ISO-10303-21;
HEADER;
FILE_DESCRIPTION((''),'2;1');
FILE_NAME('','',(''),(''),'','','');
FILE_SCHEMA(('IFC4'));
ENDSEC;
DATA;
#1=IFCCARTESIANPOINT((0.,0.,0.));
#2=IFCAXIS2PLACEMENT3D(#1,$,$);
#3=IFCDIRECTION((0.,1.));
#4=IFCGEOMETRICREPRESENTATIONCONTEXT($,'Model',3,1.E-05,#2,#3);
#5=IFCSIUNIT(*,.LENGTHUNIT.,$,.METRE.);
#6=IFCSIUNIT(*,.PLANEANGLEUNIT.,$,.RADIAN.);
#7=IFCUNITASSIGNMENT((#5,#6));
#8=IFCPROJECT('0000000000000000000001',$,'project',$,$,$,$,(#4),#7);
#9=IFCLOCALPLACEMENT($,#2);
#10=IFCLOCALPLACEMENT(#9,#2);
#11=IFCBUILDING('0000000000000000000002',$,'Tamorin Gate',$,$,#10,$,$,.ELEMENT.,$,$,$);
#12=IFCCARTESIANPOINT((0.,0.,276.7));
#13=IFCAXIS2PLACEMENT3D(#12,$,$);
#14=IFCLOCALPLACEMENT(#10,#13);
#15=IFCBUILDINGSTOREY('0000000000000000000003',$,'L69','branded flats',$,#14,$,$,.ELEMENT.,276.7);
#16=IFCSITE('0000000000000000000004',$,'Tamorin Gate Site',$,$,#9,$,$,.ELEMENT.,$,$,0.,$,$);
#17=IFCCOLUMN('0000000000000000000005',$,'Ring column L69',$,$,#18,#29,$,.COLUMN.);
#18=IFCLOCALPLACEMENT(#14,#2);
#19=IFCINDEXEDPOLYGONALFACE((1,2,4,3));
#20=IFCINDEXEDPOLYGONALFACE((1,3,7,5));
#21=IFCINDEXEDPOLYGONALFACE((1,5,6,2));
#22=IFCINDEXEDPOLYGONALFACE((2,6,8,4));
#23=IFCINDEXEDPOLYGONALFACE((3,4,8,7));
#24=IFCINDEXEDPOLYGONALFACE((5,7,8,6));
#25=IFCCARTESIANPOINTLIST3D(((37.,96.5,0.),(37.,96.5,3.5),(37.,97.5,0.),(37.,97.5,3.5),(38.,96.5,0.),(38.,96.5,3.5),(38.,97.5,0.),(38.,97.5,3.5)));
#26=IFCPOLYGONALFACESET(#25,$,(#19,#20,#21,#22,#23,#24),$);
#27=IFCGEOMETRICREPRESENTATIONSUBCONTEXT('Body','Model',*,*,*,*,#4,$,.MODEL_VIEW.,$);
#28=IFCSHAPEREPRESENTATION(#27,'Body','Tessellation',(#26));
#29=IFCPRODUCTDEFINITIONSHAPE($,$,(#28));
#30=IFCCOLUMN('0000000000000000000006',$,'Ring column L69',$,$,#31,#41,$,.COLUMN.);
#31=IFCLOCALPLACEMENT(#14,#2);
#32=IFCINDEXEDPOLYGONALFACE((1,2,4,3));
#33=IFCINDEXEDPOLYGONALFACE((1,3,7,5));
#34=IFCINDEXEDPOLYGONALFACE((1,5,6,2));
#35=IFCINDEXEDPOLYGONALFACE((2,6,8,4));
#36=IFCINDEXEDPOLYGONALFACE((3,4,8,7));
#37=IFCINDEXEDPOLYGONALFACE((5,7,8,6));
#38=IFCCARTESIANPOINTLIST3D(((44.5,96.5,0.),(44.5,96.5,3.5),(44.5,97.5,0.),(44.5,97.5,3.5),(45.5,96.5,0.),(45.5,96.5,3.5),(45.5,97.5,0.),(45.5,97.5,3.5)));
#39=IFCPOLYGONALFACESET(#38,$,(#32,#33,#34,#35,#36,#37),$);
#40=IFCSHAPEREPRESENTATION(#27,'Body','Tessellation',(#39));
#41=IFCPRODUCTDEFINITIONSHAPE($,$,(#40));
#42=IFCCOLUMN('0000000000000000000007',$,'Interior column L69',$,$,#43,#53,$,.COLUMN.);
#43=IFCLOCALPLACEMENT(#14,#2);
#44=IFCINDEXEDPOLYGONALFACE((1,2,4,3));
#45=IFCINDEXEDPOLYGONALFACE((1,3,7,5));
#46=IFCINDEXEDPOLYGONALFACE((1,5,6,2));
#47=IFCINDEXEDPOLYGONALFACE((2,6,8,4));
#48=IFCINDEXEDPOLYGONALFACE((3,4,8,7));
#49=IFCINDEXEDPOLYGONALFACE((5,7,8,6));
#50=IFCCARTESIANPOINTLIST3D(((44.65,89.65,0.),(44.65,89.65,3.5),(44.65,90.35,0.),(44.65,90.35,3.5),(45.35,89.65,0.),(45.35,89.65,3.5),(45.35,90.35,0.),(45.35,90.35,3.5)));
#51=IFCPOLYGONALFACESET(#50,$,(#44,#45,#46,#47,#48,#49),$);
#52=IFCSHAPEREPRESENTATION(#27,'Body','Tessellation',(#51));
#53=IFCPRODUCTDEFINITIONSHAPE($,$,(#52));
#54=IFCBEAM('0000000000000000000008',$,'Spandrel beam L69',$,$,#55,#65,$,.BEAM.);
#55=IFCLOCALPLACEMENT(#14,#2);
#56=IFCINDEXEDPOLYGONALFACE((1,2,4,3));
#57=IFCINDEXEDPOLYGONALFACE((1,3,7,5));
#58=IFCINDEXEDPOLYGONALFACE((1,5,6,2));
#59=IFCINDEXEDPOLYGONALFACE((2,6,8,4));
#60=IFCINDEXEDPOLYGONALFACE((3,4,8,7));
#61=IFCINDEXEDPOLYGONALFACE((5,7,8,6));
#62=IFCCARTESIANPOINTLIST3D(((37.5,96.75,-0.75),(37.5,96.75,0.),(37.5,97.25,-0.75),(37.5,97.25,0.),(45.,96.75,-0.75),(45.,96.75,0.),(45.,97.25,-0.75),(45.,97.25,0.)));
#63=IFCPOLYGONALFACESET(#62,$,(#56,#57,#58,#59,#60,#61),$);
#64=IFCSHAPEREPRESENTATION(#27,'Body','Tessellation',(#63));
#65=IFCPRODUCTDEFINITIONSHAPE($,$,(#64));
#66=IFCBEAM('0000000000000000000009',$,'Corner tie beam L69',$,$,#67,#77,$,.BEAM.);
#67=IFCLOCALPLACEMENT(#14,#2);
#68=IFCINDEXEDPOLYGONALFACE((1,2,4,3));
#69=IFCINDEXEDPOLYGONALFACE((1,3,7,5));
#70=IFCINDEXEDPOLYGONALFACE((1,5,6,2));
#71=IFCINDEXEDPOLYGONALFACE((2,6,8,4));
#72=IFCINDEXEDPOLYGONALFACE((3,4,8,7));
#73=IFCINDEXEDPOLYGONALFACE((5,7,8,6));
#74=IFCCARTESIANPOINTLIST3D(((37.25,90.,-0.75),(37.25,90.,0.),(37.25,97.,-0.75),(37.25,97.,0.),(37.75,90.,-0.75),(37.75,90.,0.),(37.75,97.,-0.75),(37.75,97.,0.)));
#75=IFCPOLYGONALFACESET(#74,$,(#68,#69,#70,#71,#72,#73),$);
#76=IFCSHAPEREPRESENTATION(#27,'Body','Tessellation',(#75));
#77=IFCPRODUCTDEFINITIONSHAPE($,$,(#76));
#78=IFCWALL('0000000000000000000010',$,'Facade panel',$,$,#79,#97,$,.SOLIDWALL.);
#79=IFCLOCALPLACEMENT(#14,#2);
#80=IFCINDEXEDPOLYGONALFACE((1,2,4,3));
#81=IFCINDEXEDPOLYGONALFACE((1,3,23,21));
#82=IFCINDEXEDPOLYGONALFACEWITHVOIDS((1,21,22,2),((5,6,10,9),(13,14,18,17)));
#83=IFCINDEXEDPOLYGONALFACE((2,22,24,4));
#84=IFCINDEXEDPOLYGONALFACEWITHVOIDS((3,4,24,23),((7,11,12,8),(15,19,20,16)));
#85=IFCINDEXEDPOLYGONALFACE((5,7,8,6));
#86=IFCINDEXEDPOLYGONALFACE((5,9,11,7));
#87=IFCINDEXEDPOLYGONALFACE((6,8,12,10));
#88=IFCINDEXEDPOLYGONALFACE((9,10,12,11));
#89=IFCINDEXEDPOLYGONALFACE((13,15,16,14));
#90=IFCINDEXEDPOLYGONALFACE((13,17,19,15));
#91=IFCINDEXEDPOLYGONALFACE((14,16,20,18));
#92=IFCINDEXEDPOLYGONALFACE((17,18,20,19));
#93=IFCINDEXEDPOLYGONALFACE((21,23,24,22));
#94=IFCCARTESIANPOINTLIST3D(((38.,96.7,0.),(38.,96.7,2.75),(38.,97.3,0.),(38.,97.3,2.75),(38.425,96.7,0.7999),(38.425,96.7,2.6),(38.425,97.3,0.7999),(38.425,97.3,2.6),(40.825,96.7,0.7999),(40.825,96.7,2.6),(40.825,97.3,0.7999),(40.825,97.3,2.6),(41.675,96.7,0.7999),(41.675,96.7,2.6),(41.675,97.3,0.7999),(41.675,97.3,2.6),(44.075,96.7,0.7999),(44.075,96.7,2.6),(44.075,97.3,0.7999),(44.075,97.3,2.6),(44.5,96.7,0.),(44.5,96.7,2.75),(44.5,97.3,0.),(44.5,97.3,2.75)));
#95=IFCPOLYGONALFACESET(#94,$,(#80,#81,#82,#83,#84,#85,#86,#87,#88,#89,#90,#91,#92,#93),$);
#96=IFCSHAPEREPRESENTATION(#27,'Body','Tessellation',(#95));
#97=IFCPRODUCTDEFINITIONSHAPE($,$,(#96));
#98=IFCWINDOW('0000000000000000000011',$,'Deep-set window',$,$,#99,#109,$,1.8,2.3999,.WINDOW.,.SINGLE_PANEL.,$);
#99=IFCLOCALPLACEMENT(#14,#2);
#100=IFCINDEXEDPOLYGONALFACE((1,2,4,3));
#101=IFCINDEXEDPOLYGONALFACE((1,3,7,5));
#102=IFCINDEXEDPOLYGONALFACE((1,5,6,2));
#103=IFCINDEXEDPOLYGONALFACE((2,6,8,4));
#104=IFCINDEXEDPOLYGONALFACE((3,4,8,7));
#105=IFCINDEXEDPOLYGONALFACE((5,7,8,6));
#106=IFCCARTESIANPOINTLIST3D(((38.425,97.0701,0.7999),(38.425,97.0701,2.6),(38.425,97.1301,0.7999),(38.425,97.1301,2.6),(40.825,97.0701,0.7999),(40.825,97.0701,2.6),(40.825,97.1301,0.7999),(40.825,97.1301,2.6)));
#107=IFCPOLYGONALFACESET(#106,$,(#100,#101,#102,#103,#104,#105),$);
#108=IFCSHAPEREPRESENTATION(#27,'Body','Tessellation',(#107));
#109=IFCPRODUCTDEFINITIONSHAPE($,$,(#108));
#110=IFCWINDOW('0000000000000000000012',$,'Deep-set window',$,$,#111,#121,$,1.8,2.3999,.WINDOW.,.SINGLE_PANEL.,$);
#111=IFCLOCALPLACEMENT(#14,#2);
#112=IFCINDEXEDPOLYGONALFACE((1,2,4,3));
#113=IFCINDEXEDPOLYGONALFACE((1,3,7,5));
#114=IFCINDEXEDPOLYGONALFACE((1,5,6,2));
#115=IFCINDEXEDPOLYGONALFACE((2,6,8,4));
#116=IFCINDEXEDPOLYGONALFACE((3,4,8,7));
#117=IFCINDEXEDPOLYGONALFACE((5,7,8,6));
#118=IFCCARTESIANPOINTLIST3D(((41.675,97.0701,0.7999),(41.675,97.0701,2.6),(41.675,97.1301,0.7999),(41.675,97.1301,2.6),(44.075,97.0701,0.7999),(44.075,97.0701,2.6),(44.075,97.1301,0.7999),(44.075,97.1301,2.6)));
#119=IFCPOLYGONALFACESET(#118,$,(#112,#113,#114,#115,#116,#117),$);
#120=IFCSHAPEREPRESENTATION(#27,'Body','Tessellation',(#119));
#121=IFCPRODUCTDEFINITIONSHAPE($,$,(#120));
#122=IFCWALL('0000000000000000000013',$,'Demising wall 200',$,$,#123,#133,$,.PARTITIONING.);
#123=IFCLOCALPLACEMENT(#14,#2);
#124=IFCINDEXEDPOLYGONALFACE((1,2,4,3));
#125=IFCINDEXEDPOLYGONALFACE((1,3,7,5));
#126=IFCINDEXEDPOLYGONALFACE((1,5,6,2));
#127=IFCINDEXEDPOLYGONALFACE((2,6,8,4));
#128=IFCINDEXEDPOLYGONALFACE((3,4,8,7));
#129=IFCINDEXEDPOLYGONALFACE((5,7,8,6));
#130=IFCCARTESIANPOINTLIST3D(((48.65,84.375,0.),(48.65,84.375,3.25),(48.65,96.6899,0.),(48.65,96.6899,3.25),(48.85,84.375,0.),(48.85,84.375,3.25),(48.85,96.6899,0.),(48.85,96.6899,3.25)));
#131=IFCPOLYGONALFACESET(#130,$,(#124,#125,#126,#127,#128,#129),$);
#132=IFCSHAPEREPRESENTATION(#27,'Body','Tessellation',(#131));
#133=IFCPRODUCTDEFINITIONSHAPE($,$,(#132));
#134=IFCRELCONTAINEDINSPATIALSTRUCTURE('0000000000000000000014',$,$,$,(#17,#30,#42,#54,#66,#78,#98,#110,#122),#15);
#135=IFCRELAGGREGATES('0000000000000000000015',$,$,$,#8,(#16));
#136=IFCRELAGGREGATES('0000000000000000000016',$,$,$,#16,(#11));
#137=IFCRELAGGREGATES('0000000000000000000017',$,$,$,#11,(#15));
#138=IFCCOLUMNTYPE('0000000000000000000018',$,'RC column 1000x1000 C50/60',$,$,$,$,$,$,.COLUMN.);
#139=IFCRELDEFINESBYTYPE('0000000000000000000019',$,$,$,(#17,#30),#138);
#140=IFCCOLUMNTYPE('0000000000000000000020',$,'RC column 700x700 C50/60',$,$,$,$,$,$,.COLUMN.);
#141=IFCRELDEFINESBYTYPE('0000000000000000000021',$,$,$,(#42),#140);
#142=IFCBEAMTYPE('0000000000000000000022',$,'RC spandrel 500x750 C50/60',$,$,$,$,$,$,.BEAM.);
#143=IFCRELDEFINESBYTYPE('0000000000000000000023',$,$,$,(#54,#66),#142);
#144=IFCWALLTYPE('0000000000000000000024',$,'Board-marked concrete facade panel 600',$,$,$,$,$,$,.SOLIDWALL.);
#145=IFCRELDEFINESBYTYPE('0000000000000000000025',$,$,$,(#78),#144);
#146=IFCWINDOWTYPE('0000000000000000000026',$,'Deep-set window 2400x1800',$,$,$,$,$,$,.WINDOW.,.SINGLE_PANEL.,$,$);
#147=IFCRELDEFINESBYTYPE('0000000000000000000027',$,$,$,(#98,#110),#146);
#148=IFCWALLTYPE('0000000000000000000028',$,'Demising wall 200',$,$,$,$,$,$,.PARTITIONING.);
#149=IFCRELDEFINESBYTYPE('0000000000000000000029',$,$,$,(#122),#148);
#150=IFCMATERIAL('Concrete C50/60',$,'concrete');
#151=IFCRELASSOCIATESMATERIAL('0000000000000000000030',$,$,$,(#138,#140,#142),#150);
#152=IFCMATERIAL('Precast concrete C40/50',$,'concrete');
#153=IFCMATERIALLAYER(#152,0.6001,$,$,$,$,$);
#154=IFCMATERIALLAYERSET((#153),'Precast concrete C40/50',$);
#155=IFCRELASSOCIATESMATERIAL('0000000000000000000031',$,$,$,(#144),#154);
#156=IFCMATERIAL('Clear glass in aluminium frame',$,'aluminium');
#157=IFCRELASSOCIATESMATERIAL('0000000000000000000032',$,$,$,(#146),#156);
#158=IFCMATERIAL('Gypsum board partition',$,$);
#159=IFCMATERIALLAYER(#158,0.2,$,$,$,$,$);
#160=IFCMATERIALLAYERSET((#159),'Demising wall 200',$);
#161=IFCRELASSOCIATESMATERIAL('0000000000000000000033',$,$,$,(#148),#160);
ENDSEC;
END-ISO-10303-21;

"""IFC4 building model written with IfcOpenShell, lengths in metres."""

from ifc_helpers import new_model, si_unit, direction, frame, frame_2d, origin, origin_2d, place, context, subcontext, project, spatial, rectangle, extrude, material, layer, layer_set, material_profile, profile_set, type_object, element, fill, save


model = new_model("IFC4")

# Units and contexts
model_context = context("Model", 3, precision=1e-05, world=origin(), true_north=direction((0.0, 1.0)))
body_context = subcontext(model_context, "Body", "Model", "MODEL_VIEW")
ifc_project = project(units=[si_unit("LENGTHUNIT", "METRE"), si_unit("PLANEANGLEUNIT", "RADIAN")], contexts=[model_context])

# Site, building, storey
site_placement = place(None, origin())
site = spatial("IfcSite", under=ifc_project, at=site_placement, Name="Tamorin Gate Site", CompositionType="ELEMENT", RefElevation=0.0)
building_placement = place(site_placement, origin())
building = spatial("IfcBuilding", under=site, at=building_placement, Name="Tamorin Gate", CompositionType="ELEMENT")
storey_placement = place(building_placement, frame((0.0, 0.0, 276.7)))
storey = spatial("IfcBuildingStorey", under=building, at=storey_placement, Name="L69", Description="branded flats", CompositionType="ELEMENT", Elevation=276.7)

# Columns
ifc_material_1 = material(Name="Concrete C50/60", Category="concrete")
ifc_material_profile_1 = material_profile(ifc_material_1, rectangle(XDim=1.0, YDim=1.0, at=origin_2d()), Name="RC 1000x1000")
ifc_profile_set_1 = profile_set([ifc_material_profile_1], Name="Concrete C50/60")
column_type_1 = type_object("IfcColumnType", Name="RC column 1000x1000 C50/60", PredefinedType="COLUMN", material=ifc_profile_set_1)
for number, where, z_axis, x_axis, name in (
    (1, (37.5, 97.0, 0.0), (0.0, 0.0, 1.0), (1.0, 0.0, 0.0), "Ring column L69"),
    (2, (45.0, 97.0, 0.0), (0.0, 0.0, 1.0), (1.0, 0.0, 0.0), "Ring column L69"),
):
    element("IfcColumn", number, at=place(storey_placement, frame(where, z_axis=z_axis, x_axis=x_axis)), inside=storey, type_object=column_type_1, Name=name, PredefinedType="COLUMN", context=body_context, shape_type="SweptSolid", body=[
        extrude(rectangle(XDim=1.0, YDim=1.0, at=origin_2d()), origin(), (0.0, 0.0, 1.0), 3.5),
    ])
ifc_material_profile_2 = material_profile(ifc_material_1, rectangle(XDim=0.7, YDim=0.7, at=origin_2d()), Name="RC 700x700")
ifc_profile_set_2 = profile_set([ifc_material_profile_2], Name="Concrete C50/60")
column_type_2 = type_object("IfcColumnType", Name="RC column 700x700 C50/60", PredefinedType="COLUMN", material=ifc_profile_set_2)
column_placement = place(storey_placement, frame((45.0, 90.0, 0.0), z_axis=(0.0, 0.0, 1.0), x_axis=(1.0, 0.0, 0.0)))
element("IfcColumn", 3, at=column_placement, inside=storey, type_object=column_type_2, Name="Interior column L69", PredefinedType="COLUMN", context=body_context, shape_type="SweptSolid", body=[
    extrude(rectangle(XDim=0.7, YDim=0.7, at=origin_2d()), origin(), (0.0, 0.0, 1.0), 3.5),
])

# Beams
ifc_material_profile_3 = material_profile(ifc_material_1, rectangle(XDim=0.5, YDim=0.75, at=origin_2d()), Name="RC 500x750")
ifc_profile_set_3 = profile_set([ifc_material_profile_3], Name="Concrete C50/60")
beam_type = type_object("IfcBeamType", Name="RC spandrel 500x750 C50/60", PredefinedType="BEAM", material=ifc_profile_set_3)
beam_1_placement = place(storey_placement, frame((45.0, 97.0, -0.375), z_axis=(-1.0, 0.0, 0.0), x_axis=(0.0, -1.0, 0.0)))
element("IfcBeam", 4, at=beam_1_placement, inside=storey, type_object=beam_type, Name="Spandrel beam L69", PredefinedType="BEAM", context=body_context, shape_type="SweptSolid", body=[
    extrude(rectangle(XDim=0.5, YDim=0.75, at=origin_2d()), origin(), (0.0, 0.0, 1.0), 7.5),
])
beam_2_placement = place(storey_placement, frame((37.5, 90.0, -0.375), z_axis=(0.0, 1.0, 0.0), x_axis=(-1.0, 0.0, 0.0)))
element("IfcBeam", 5, at=beam_2_placement, inside=storey, type_object=beam_type, Name="Corner tie beam L69", PredefinedType="BEAM", context=body_context, shape_type="SweptSolid", body=[
    extrude(rectangle(XDim=0.5, YDim=0.75, at=origin_2d()), origin(), (0.0, 0.0, 1.0), 7.0),
])

# Wall, openings, windows
ifc_material_2 = material(Name="Precast concrete C40/50", Category="concrete")
ifc_layer_1 = layer(ifc_material_2, 0.6001)
ifc_layer_set_1 = layer_set([ifc_layer_1], Name="Precast concrete C40/50")
wall_type_1 = type_object("IfcWallType", Name="Board-marked concrete facade panel 600", PredefinedType="SOLIDWALL", material=ifc_layer_set_1)
wall_1_placement = place(storey_placement, frame((44.5, 97.0, 0.0), z_axis=(0.0, 0.0, 1.0), x_axis=(-1.0, 0.0, 0.0)))
wall_1 = element("IfcWall", 6, at=wall_1_placement, inside=storey, type_object=wall_type_1, Name="Facade panel", PredefinedType="SOLIDWALL", context=body_context, shape_type="SweptSolid", body=[
    extrude(rectangle(XDim=6.5, YDim=0.6001, at=frame_2d((3.25, 0.0))), origin(), (0.0, 0.0, 1.0), 2.75),
])
opening_1_placement = place(wall_1_placement, frame((3.675, 0.0, 0.8)))
opening_1 = element("IfcOpeningElement", 7, at=opening_1_placement, cuts=wall_1, PredefinedType="OPENING", context=body_context, shape_type="SweptSolid", body=[
    extrude(rectangle(XDim=2.3999, YDim=1.8, at=frame_2d((1.2, 0.8999))), frame((0.0, 0.3101, 0.0), z_axis=(0.0, -1.0, 0.0), x_axis=(1.0, 0.0, 0.0)), (0.0, 0.0, 1.0), 0.6201),
])
opening_2_placement = place(wall_1_placement, frame((0.425, 0.0, 0.8)))
opening_2 = element("IfcOpeningElement", 8, at=opening_2_placement, cuts=wall_1, PredefinedType="OPENING", context=body_context, shape_type="SweptSolid", body=[
    extrude(rectangle(XDim=2.3999, YDim=1.8, at=frame_2d((1.2, 0.8999))), frame((0.0, 0.3101, 0.0), z_axis=(0.0, -1.0, 0.0), x_axis=(1.0, 0.0, 0.0)), (0.0, 0.0, 1.0), 0.6201),
])
ifc_material_3 = material(Name="Clear glass in aluminium frame", Category="aluminium")
window_type = type_object("IfcWindowType", Name="Deep-set window 2400x1800", PartitioningType="SINGLE_PANEL", PredefinedType="WINDOW", material=ifc_material_3)
window_1_placement = place(opening_1_placement, origin())
window_1 = element("IfcWindow", 9, at=window_1_placement, inside=storey, type_object=window_type, Name="Deep-set window", OverallHeight=1.8, OverallWidth=2.3999, PartitioningType="SINGLE_PANEL", PredefinedType="WINDOW", context=body_context, shape_type="SweptSolid", body=[
    extrude(rectangle(XDim=2.3999, YDim=1.8, at=frame_2d((1.2, 0.8999))), frame((0.0, -0.0701, 0.0), z_axis=(0.0, -1.0, 0.0), x_axis=(1.0, 0.0, 0.0)), (0.0, 0.0, 1.0), 0.0601),
])
fill(opening_1, window_1)
window_2_placement = place(opening_2_placement, origin())
window_2 = element("IfcWindow", 10, at=window_2_placement, inside=storey, type_object=window_type, Name="Deep-set window", OverallHeight=1.8, OverallWidth=2.3999, PartitioningType="SINGLE_PANEL", PredefinedType="WINDOW", context=body_context, shape_type="SweptSolid", body=[
    extrude(rectangle(XDim=2.3999, YDim=1.8, at=frame_2d((1.2, 0.8999))), frame((0.0, -0.0701, 0.0), z_axis=(0.0, -1.0, 0.0), x_axis=(1.0, 0.0, 0.0)), (0.0, 0.0, 1.0), 0.0601),
])
fill(opening_2, window_2)

# Wall
ifc_material_4 = material(Name="Gypsum board partition")
ifc_layer_2 = layer(ifc_material_4, 0.2)
ifc_layer_set_2 = layer_set([ifc_layer_2], Name="Demising wall 200")
wall_type_2 = type_object("IfcWallType", Name="Demising wall 200", PredefinedType="PARTITIONING", material=ifc_layer_set_2)
wall_2_placement = place(storey_placement, frame((48.75, 84.375, 0.0), z_axis=(0.0, 0.0, 1.0), x_axis=(0.0, 1.0, 0.0)))
element("IfcWall", 11, at=wall_2_placement, inside=storey, type_object=wall_type_2, Name="Demising wall 200", PredefinedType="PARTITIONING", context=body_context, shape_type="SweptSolid", body=[
    extrude(rectangle(XDim=12.3149, YDim=0.2, at=frame_2d((6.1575, 0.0))), origin(), (0.0, 0.0, 1.0), 3.25),
])

save(model, "model.ifc")
